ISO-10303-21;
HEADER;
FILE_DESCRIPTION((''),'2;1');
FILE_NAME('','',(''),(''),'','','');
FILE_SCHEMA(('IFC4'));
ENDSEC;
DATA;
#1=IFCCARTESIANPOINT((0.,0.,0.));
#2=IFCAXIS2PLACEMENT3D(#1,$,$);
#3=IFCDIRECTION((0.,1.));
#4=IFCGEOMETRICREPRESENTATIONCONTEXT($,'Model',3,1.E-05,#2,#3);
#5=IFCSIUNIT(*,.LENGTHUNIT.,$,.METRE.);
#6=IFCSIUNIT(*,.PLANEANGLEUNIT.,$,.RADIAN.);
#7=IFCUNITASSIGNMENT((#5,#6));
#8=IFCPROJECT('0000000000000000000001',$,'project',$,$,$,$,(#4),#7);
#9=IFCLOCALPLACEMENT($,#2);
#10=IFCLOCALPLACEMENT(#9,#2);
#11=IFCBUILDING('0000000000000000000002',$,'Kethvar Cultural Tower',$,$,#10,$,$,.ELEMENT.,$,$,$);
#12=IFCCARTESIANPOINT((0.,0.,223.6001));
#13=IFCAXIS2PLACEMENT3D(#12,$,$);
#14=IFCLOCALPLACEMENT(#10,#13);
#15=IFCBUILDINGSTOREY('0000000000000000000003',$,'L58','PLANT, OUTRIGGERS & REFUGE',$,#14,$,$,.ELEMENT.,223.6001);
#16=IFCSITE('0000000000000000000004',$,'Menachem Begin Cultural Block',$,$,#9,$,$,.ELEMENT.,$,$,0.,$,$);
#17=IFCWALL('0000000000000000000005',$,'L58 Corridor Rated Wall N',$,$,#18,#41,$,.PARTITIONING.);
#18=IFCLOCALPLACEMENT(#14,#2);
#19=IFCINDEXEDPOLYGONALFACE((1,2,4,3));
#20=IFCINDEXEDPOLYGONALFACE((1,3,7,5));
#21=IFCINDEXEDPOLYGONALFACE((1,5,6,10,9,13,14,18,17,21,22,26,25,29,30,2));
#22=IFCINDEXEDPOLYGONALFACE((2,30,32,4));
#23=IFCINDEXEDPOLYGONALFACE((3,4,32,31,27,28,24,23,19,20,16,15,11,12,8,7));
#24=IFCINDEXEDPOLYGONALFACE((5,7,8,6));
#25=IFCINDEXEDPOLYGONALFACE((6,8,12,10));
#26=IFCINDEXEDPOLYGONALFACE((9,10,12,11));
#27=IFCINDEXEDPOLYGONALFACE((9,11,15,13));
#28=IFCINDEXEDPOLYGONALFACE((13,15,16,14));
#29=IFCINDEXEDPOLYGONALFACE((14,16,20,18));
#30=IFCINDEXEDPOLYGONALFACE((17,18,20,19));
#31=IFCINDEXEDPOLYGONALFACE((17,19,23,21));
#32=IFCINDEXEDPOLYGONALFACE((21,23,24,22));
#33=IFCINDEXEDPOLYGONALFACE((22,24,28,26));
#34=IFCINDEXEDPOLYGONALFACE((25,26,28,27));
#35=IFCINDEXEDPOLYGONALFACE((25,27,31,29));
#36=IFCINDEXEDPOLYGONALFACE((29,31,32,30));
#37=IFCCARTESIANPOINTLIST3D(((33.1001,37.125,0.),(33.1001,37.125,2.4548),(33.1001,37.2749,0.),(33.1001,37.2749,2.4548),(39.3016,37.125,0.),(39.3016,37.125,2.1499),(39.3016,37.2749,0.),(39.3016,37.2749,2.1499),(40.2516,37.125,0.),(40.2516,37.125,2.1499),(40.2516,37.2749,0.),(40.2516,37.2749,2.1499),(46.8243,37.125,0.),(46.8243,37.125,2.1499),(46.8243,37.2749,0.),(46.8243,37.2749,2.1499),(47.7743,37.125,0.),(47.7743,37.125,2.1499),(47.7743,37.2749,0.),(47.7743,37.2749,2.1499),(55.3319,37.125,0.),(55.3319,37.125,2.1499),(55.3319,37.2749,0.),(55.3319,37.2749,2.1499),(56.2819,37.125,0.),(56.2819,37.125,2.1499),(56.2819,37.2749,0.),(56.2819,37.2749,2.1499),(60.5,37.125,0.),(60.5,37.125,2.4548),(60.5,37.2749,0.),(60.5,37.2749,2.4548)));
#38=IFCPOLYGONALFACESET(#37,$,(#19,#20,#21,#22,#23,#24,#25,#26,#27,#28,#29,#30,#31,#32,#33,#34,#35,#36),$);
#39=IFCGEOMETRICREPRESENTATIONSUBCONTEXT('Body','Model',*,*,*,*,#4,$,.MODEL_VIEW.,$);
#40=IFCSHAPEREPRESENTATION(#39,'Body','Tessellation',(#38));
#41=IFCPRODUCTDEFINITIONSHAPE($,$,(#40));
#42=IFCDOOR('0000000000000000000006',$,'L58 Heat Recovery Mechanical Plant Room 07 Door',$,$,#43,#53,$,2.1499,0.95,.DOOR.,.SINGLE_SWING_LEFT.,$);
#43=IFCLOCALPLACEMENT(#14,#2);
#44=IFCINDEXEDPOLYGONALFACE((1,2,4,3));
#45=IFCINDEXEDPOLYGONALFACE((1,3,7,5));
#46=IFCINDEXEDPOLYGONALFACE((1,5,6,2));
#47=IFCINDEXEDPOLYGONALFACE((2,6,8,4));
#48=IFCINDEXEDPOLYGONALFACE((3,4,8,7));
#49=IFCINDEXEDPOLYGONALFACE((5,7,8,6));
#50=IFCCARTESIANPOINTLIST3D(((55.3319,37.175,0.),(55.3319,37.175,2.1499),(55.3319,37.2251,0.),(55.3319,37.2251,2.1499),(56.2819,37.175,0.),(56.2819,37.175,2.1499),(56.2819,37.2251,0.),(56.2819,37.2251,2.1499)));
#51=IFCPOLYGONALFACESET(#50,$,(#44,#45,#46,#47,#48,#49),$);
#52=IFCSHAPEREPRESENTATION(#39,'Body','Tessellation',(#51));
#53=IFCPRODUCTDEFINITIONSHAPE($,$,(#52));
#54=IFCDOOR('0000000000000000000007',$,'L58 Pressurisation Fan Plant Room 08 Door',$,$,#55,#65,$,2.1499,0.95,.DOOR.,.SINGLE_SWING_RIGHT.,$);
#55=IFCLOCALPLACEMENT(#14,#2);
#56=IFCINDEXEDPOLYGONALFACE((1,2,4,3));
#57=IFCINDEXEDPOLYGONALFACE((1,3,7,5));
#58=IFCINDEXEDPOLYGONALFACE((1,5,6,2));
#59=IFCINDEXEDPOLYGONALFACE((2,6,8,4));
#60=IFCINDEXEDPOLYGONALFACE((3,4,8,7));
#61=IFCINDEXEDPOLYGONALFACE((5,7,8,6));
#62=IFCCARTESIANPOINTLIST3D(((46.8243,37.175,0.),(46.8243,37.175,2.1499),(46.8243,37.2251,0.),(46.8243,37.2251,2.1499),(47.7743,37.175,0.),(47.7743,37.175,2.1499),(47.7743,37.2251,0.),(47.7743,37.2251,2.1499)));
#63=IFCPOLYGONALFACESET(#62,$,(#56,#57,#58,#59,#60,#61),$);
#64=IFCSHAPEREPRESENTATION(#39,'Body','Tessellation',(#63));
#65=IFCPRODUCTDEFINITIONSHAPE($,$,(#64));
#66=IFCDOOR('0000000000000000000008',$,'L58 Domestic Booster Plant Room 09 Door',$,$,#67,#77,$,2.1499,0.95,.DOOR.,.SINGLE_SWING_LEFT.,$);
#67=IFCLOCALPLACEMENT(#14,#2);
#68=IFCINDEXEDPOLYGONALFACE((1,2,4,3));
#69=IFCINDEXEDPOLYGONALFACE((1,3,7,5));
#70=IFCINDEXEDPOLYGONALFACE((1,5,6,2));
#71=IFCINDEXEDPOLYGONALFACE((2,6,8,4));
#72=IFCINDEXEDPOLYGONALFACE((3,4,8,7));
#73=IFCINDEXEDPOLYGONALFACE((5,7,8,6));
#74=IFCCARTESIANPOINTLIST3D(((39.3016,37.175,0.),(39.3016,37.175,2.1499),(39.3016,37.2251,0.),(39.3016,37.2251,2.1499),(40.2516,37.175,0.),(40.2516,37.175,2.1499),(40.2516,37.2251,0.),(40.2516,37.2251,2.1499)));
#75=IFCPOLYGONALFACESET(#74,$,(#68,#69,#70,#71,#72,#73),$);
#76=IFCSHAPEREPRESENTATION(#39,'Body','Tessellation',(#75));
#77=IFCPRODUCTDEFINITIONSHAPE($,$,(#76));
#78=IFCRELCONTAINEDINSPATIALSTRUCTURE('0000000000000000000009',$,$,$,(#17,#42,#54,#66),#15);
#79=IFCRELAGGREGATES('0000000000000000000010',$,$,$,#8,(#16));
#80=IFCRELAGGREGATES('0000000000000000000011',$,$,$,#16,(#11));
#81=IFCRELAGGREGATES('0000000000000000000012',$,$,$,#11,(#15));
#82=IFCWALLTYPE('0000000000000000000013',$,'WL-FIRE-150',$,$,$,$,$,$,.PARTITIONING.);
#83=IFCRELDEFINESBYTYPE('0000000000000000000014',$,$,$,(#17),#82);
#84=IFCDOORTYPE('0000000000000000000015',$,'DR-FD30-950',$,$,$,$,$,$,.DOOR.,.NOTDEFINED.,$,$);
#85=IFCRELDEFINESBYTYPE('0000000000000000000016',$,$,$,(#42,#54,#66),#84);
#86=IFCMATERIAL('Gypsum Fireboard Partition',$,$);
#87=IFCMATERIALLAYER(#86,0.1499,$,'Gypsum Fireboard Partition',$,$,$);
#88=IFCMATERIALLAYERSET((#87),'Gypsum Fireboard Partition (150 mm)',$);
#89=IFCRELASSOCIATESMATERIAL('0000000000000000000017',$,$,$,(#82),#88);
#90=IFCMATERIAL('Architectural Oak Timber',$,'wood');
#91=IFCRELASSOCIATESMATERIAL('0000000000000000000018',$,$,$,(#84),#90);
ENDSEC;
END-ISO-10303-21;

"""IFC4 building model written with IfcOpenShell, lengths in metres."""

from ifc_helpers import new_model, si_unit, direction, frame, frame_2d, origin, place, context, subcontext, project, spatial, rectangle, extrude, source, transform, mapped, material, layer, layer_set, type_object, element, fill, save


model = new_model("IFC4")

# Units and contexts
model_context = context("Model", 3, precision=1e-05, world=origin(), true_north=direction((0.0, 1.0)))
body_context = subcontext(model_context, "Body", "Model", "MODEL_VIEW")
ifc_project = project(units=[si_unit("LENGTHUNIT", "METRE"), si_unit("PLANEANGLEUNIT", "RADIAN")], contexts=[model_context])

# Site, building, storey
site_placement = place(None, origin())
site = spatial("IfcSite", under=ifc_project, at=site_placement, Name="Menachem Begin Cultural Block", CompositionType="ELEMENT", RefElevation=0.0)
building_placement = place(site_placement, origin())
building = spatial("IfcBuilding", under=site, at=building_placement, Name="Kethvar Cultural Tower", CompositionType="ELEMENT")
storey_placement = place(building_placement, frame((0.0, 0.0, 223.6001)))
storey = spatial("IfcBuildingStorey", under=building, at=storey_placement, Name="L58", Description="PLANT, OUTRIGGERS & REFUGE", CompositionType="ELEMENT", Elevation=223.6001)

# Wall, openings, doors
ifc_material_1 = material(Name="Gypsum Fireboard Partition")
ifc_layer_1 = layer(ifc_material_1, 0.1499, Name="Gypsum Fireboard Partition")
ifc_layer_set_1 = layer_set([ifc_layer_1], Name="Gypsum Fireboard Partition (150 mm)")
wall_type = type_object("IfcWallType", Name="WL-FIRE-150", PredefinedType="PARTITIONING", material=ifc_layer_set_1)
wall_placement = place(storey_placement, frame((60.5, 37.2, 0.0), z_axis=(0.0, 0.0, 1.0), x_axis=(-1.0, 0.0, 0.0)))
wall = element("IfcWall", 1, at=wall_placement, inside=storey, type_object=wall_type, Name="L58 Corridor Rated Wall N", PredefinedType="PARTITIONING", context=body_context, shape_type="SweptSolid", body=[
    extrude(rectangle(XDim=27.3999, YDim=0.1499, at=frame_2d((13.7, 0.0))), origin(), (0.0, 0.0, 1.0), 2.4548),
])
opening_1_placement = place(wall_placement, frame((4.218, 0.0, 0.0)))
opening_1 = element("IfcOpeningElement", 2, at=opening_1_placement, cuts=wall, PredefinedType="OPENING", context=body_context, shape_type="SweptSolid", body=[
    extrude(rectangle(XDim=0.95, YDim=2.1499, at=frame_2d((0.4751, 1.075))), frame((0.0, 0.085, 0.0), z_axis=(0.0, -1.0, 0.0), x_axis=(1.0, 0.0, 0.0)), (0.0, 0.0, 1.0), 0.1699),
])
opening_2_placement = place(wall_placement, frame((12.7256, 0.0, 0.0)))
opening_2 = element("IfcOpeningElement", 3, at=opening_2_placement, cuts=wall, PredefinedType="OPENING", context=body_context, shape_type="SweptSolid", body=[
    extrude(rectangle(XDim=0.95, YDim=2.1499, at=frame_2d((0.4751, 1.075))), frame((0.0, 0.085, 0.0), z_axis=(0.0, -1.0, 0.0), x_axis=(1.0, 0.0, 0.0)), (0.0, 0.0, 1.0), 0.1699),
])
opening_3_placement = place(wall_placement, frame((20.2483, 0.0, 0.0)))
opening_3 = element("IfcOpeningElement", 4, at=opening_3_placement, cuts=wall, PredefinedType="OPENING", context=body_context, shape_type="SweptSolid", body=[
    extrude(rectangle(XDim=0.95, YDim=2.1499, at=frame_2d((0.4751, 1.075))), frame((0.0, 0.085, 0.0), z_axis=(0.0, -1.0, 0.0), x_axis=(1.0, 0.0, 0.0)), (0.0, 0.0, 1.0), 0.1699),
])
ifc_material_2 = material(Name="Architectural Oak Timber", Category="wood")
door_type = type_object("IfcDoorType", Name="DR-FD30-950", OperationType="NOTDEFINED", PredefinedType="DOOR", material=ifc_material_2)
shared_shape_1 = source(origin(), body_context, "Body", "SweptSolid", [
    extrude(rectangle(XDim=0.95, YDim=2.1499, at=frame_2d((0.4751, 1.075))), frame((0.0, 0.0249, 0.0), z_axis=(0.0, -1.0, 0.0), x_axis=(1.0, 0.0, 0.0)), (0.0, 0.0, 1.0), 0.05),
])
door_1_placement = place(opening_1_placement, origin())
door_1 = element("IfcDoor", 5, at=door_1_placement, inside=storey, type_object=door_type, Name="L58 Heat Recovery Mechanical Plant Room 07 Door", OperationType="SINGLE_SWING_LEFT", OverallHeight=2.1499, OverallWidth=0.95, PredefinedType="DOOR", context=body_context, shape_type="MappedRepresentation", body=[
    mapped(shared_shape_1, transform((0.0, 0.0, 0.0), scale=1.0)),
])
fill(opening_1, door_1)
door_2_placement = place(opening_2_placement, origin())
door_2 = element("IfcDoor", 6, at=door_2_placement, inside=storey, type_object=door_type, Name="L58 Pressurisation Fan Plant Room 08 Door", OperationType="SINGLE_SWING_RIGHT", OverallHeight=2.1499, OverallWidth=0.95, PredefinedType="DOOR", context=body_context, shape_type="MappedRepresentation", body=[
    mapped(shared_shape_1, transform((0.0, 0.0, 0.0), scale=1.0)),
])
fill(opening_2, door_2)
door_3_placement = place(opening_3_placement, origin())
door_3 = element("IfcDoor", 7, at=door_3_placement, inside=storey, type_object=door_type, Name="L58 Domestic Booster Plant Room 09 Door", OperationType="SINGLE_SWING_LEFT", OverallHeight=2.1499, OverallWidth=0.95, PredefinedType="DOOR", context=body_context, shape_type="MappedRepresentation", body=[
    mapped(shared_shape_1, transform((0.0, 0.0, 0.0), scale=1.0)),
])
fill(opening_3, door_3)

save(model, "model.ifc")
